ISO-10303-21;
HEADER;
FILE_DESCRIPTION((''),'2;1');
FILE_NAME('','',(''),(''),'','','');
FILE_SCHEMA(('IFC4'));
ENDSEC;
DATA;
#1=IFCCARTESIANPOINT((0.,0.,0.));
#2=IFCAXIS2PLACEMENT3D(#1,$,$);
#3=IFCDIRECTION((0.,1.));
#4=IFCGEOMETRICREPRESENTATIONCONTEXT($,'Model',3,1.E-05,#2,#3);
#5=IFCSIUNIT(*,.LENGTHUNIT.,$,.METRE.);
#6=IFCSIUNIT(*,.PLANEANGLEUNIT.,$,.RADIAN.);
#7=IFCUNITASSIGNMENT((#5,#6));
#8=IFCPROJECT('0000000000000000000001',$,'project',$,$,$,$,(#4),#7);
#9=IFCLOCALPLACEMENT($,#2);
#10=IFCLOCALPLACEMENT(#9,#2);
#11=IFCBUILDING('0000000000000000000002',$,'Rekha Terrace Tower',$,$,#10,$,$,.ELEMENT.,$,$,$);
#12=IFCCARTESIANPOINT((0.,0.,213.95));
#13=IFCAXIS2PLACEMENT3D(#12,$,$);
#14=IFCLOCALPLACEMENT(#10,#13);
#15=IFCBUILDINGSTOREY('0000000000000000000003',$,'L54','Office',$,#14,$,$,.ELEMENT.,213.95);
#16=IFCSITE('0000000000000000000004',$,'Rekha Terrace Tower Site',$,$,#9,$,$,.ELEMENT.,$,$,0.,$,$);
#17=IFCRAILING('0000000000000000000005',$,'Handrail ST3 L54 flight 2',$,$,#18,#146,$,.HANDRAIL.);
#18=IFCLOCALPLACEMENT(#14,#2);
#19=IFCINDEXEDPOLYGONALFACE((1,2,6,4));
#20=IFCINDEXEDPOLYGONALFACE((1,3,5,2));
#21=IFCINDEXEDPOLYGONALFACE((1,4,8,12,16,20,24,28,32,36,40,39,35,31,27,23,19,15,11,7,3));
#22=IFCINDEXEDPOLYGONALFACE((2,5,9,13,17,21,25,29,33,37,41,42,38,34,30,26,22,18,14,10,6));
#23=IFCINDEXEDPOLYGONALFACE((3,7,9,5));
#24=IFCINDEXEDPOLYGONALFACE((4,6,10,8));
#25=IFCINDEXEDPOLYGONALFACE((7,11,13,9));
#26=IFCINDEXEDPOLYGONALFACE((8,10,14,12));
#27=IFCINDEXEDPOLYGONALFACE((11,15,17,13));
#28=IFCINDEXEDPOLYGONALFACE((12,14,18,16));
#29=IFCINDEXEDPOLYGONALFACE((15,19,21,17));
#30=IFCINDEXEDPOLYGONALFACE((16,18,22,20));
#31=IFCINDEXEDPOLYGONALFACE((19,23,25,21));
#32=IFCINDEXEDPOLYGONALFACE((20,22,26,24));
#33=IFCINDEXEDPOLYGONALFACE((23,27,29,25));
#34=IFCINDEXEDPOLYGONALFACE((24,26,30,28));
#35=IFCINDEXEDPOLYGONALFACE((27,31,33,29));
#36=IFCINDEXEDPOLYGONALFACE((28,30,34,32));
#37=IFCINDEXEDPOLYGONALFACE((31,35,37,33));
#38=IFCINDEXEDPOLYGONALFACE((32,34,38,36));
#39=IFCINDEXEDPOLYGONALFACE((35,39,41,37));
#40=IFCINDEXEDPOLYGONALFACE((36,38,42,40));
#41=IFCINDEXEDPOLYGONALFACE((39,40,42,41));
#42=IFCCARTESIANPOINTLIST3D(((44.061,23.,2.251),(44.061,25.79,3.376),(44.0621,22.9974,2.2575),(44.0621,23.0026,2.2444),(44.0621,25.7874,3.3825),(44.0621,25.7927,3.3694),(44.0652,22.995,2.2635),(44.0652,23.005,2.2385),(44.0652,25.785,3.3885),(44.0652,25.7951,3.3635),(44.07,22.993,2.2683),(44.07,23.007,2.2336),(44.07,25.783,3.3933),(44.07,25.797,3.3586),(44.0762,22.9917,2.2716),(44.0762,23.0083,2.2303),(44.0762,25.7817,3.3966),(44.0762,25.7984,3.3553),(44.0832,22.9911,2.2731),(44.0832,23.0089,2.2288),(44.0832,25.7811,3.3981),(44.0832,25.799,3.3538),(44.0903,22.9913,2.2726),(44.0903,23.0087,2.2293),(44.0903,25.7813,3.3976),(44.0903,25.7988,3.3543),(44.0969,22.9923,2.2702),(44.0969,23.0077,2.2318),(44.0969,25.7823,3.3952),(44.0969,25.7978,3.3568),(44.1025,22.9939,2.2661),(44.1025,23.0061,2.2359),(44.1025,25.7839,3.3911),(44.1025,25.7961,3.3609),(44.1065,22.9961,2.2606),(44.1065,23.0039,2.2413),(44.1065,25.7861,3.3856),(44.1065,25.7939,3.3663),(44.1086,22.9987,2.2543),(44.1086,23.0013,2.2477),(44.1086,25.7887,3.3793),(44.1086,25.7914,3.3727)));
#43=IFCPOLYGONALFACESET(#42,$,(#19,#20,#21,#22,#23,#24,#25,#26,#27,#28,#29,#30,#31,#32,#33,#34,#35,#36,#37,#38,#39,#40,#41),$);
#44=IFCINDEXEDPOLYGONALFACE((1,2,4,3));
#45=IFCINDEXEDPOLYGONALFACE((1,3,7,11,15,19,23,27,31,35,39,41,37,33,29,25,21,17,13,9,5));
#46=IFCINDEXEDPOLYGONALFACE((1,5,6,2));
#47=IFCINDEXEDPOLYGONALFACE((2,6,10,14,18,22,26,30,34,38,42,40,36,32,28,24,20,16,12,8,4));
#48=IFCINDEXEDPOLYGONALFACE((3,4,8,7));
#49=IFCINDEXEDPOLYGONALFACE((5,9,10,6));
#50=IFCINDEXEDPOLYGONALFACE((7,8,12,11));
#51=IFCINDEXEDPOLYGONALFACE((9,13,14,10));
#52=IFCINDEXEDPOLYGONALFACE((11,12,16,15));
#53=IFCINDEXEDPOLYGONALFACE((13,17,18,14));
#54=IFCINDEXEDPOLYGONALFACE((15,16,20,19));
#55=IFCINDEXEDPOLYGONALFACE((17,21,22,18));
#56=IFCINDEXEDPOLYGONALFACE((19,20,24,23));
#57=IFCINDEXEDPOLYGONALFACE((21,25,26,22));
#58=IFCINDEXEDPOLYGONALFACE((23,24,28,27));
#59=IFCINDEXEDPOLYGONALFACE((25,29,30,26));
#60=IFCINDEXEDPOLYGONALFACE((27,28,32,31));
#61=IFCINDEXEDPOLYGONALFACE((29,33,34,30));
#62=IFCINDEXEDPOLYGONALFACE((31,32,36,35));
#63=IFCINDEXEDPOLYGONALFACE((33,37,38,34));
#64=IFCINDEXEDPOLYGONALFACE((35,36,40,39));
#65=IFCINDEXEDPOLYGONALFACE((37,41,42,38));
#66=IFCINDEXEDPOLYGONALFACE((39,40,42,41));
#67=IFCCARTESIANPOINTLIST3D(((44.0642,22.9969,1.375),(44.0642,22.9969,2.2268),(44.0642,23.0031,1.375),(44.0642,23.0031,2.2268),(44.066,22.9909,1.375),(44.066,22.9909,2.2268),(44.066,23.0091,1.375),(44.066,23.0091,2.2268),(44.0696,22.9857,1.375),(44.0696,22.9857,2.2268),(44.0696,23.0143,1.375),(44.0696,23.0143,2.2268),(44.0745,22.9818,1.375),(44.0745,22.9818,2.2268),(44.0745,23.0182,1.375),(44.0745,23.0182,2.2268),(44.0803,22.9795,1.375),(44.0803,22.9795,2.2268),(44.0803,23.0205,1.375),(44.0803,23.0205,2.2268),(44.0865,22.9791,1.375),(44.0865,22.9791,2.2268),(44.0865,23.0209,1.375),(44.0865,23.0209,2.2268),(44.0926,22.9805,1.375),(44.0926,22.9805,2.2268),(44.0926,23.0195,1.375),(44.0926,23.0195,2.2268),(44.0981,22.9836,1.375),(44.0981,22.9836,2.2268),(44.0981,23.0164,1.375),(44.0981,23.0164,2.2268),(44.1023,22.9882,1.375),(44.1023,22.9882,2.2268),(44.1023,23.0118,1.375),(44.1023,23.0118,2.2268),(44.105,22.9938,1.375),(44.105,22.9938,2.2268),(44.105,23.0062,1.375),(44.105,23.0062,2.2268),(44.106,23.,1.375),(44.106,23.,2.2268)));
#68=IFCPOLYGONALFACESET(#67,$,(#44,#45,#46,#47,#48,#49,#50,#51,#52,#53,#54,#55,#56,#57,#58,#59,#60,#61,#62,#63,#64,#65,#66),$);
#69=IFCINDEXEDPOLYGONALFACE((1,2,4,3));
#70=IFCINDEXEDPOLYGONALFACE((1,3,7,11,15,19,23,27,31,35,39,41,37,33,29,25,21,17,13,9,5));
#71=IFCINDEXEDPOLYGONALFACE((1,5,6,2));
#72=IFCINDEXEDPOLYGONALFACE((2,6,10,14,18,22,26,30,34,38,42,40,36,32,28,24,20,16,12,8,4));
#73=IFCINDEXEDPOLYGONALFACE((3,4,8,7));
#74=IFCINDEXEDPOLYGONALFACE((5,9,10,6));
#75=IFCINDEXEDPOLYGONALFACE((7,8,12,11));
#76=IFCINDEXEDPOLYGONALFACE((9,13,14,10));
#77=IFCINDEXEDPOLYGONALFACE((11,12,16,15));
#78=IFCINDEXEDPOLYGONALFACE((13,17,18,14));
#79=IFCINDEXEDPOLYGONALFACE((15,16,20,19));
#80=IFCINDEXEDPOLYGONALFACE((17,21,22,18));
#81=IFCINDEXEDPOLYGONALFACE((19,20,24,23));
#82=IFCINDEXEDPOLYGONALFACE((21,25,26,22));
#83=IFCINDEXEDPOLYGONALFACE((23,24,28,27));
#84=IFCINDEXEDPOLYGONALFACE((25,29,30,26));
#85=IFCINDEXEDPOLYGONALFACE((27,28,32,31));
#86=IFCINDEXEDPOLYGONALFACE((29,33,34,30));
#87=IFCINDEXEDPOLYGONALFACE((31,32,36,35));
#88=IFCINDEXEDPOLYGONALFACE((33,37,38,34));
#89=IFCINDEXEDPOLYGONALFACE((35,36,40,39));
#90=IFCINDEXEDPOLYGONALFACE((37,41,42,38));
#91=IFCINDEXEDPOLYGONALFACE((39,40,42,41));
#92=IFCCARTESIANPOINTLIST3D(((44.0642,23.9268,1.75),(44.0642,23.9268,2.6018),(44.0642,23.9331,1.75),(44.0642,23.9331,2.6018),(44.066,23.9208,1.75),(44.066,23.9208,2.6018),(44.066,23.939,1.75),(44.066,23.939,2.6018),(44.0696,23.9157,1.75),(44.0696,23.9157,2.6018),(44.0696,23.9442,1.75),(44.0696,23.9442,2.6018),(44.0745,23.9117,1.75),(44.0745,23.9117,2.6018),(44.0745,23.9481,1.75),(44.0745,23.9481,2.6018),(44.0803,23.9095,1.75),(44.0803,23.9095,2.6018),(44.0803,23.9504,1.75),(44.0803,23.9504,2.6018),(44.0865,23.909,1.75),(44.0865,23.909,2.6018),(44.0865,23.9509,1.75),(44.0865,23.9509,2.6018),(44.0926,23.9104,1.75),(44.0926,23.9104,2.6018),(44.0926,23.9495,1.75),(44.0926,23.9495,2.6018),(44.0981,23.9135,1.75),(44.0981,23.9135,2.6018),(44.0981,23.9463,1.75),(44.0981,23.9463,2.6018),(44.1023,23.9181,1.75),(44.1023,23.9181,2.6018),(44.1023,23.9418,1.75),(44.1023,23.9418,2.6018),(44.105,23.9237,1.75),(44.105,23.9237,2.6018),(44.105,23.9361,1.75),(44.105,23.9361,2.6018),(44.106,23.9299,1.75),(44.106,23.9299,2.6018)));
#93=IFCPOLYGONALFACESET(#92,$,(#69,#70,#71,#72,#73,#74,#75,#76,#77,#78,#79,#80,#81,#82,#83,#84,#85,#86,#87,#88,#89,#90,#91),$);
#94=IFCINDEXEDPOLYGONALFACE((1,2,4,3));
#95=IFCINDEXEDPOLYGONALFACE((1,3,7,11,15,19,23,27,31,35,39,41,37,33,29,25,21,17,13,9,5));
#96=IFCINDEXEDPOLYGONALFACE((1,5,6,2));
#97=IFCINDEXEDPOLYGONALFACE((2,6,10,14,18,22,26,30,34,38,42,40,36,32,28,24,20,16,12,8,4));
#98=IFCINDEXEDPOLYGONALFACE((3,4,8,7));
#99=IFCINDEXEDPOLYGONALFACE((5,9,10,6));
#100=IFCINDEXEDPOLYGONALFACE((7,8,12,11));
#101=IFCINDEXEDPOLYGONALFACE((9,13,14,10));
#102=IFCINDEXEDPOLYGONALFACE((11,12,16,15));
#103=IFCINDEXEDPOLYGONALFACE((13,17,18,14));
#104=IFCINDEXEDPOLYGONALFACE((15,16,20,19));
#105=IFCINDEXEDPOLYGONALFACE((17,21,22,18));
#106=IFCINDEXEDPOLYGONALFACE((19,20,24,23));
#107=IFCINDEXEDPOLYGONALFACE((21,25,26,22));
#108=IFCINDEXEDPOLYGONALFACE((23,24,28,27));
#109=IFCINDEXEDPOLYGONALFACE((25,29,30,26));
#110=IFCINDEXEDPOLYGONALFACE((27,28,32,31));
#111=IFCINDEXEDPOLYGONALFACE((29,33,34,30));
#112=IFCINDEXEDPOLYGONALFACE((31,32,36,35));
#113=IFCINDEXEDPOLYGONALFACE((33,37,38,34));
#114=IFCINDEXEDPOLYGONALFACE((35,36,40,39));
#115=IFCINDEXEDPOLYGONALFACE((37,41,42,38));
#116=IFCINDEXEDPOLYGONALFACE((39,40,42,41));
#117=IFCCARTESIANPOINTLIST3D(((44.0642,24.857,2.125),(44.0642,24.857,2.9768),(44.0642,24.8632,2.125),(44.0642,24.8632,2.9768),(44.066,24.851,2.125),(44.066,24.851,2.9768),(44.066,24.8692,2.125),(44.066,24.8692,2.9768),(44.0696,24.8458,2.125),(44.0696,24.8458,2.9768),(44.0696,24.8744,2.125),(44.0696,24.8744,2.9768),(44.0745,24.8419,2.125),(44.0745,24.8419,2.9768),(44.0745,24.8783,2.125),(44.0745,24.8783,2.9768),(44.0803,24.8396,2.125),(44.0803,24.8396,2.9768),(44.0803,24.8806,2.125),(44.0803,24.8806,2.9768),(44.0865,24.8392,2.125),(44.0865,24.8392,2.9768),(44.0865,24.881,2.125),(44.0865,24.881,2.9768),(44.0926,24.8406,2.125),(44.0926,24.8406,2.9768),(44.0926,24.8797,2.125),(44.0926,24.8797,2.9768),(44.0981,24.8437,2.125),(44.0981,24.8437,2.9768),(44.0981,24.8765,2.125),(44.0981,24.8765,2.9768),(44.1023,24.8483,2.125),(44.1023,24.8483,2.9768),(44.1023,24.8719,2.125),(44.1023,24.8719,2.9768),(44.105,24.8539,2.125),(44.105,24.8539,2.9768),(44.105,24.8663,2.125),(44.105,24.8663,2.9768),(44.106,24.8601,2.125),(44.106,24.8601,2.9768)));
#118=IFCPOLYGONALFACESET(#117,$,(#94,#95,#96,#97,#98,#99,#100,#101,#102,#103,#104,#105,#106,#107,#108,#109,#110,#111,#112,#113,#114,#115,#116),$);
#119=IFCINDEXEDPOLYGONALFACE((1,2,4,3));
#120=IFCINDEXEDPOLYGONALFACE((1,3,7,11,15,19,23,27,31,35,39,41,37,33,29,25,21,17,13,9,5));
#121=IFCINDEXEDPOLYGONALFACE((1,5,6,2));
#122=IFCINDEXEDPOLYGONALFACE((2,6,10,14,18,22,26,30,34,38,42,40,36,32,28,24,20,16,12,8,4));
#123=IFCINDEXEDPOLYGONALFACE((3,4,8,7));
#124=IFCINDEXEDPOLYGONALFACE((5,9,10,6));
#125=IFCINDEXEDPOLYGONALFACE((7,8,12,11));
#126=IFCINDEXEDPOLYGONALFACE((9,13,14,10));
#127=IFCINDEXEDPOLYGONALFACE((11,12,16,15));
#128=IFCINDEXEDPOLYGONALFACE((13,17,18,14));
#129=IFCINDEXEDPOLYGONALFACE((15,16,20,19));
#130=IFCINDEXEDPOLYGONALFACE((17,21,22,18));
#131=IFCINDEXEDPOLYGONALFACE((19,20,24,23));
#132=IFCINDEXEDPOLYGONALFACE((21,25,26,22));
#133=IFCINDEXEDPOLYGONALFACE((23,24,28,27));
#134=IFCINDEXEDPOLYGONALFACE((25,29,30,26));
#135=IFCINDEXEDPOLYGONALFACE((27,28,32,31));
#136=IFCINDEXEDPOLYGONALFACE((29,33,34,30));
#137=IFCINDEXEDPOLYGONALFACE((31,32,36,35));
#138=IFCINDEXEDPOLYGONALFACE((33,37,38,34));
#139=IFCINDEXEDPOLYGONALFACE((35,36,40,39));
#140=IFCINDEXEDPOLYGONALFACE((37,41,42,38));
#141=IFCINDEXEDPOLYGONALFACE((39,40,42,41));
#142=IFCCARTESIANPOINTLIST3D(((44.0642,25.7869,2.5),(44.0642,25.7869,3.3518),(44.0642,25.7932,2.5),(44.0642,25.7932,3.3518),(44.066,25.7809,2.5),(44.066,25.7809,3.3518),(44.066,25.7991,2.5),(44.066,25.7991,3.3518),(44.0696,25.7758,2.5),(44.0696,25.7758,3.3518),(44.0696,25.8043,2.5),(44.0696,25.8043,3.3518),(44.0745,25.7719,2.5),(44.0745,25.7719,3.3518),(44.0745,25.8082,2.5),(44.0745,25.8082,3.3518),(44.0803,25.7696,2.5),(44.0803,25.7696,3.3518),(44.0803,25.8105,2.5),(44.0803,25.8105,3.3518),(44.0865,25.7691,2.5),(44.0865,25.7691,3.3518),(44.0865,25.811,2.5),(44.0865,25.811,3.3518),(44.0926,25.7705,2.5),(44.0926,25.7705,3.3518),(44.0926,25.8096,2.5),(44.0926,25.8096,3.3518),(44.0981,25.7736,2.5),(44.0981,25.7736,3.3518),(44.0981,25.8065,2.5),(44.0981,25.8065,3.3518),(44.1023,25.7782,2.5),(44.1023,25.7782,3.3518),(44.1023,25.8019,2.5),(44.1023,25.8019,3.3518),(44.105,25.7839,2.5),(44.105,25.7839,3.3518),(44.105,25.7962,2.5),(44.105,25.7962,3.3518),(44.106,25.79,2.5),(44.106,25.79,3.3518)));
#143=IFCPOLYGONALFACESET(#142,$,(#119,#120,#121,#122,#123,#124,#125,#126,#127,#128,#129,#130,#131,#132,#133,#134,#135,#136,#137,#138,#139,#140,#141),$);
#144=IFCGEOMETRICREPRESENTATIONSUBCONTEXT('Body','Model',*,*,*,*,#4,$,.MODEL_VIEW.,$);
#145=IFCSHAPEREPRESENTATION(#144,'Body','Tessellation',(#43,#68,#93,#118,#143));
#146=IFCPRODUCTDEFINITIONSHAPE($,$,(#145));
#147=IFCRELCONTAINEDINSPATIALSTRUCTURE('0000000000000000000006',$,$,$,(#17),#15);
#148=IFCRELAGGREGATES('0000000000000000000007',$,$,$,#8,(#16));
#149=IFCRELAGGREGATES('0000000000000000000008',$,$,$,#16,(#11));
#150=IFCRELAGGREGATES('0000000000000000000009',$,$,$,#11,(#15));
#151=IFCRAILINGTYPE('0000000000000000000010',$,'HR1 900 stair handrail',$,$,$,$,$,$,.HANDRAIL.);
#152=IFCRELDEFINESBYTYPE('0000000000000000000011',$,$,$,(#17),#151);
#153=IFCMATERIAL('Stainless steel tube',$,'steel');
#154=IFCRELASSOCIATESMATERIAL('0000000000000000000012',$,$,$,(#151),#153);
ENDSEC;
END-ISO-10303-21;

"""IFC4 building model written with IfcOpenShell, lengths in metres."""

from ifc_helpers import new_model, si_unit, direction, frame, origin, origin_2d, place, context, subcontext, project, spatial, circle, extrude, material, type_object, element, save


model = new_model("IFC4")

# Units and contexts
model_context = context("Model", 3, precision=1e-05, world=origin(), true_north=direction((0.0, 1.0)))
body_context = subcontext(model_context, "Body", "Model", "MODEL_VIEW")
ifc_project = project(units=[si_unit("LENGTHUNIT", "METRE"), si_unit("PLANEANGLEUNIT", "RADIAN")], contexts=[model_context])

# Site, building, storey
site_placement = place(None, origin())
site = spatial("IfcSite", under=ifc_project, at=site_placement, Name="Rekha Terrace Tower Site", CompositionType="ELEMENT", RefElevation=0.0)
building_placement = place(site_placement, origin())
building = spatial("IfcBuilding", under=site, at=building_placement, Name="Rekha Terrace Tower", CompositionType="ELEMENT")
storey_placement = place(building_placement, frame((0.0, 0.0, 213.95)))
storey = spatial("IfcBuildingStorey", under=building, at=storey_placement, Name="L54", Description="Office", CompositionType="ELEMENT", Elevation=213.95)

# Railing
ifc_material_1 = material(Name="Stainless steel tube", Category="steel")
railing_type = type_object("IfcRailingType", Name="HR1 900 stair handrail", PredefinedType="HANDRAIL", material=ifc_material_1)
railing_placement = place(storey_placement, frame((44.085, 23.0, 1.375)))
element("IfcRailing", 1, at=railing_placement, inside=storey, type_object=railing_type, Name="Handrail ST3 L54 flight 2", PredefinedType="HANDRAIL", context=body_context, shape_type="SweptSolid", body=[
    extrude(circle(Radius=0.0239, at=origin_2d()), frame((0.0, 0.0, 0.876), z_axis=(0.0, 0.927443, 0.373964), x_axis=(-1.0, 0.0, 0.0)), (0.0, 0.0, 1.0), 3.0083),
    extrude(circle(Radius=0.021, at=origin_2d()), origin(), (0.0, 0.0, 1.0), 0.8518),
    extrude(circle(Radius=0.021, at=origin_2d()), frame((0.0, 0.9299, 0.375)), (0.0, 0.0, 1.0), 0.8518),
    extrude(circle(Radius=0.021, at=origin_2d()), frame((0.0, 1.8601, 0.75)), (0.0, 0.0, 1.0), 0.8518),
    extrude(circle(Radius=0.021, at=origin_2d()), frame((0.0, 2.79, 1.125)), (0.0, 0.0, 1.0), 0.8518),
])

save(model, "model.ifc")
